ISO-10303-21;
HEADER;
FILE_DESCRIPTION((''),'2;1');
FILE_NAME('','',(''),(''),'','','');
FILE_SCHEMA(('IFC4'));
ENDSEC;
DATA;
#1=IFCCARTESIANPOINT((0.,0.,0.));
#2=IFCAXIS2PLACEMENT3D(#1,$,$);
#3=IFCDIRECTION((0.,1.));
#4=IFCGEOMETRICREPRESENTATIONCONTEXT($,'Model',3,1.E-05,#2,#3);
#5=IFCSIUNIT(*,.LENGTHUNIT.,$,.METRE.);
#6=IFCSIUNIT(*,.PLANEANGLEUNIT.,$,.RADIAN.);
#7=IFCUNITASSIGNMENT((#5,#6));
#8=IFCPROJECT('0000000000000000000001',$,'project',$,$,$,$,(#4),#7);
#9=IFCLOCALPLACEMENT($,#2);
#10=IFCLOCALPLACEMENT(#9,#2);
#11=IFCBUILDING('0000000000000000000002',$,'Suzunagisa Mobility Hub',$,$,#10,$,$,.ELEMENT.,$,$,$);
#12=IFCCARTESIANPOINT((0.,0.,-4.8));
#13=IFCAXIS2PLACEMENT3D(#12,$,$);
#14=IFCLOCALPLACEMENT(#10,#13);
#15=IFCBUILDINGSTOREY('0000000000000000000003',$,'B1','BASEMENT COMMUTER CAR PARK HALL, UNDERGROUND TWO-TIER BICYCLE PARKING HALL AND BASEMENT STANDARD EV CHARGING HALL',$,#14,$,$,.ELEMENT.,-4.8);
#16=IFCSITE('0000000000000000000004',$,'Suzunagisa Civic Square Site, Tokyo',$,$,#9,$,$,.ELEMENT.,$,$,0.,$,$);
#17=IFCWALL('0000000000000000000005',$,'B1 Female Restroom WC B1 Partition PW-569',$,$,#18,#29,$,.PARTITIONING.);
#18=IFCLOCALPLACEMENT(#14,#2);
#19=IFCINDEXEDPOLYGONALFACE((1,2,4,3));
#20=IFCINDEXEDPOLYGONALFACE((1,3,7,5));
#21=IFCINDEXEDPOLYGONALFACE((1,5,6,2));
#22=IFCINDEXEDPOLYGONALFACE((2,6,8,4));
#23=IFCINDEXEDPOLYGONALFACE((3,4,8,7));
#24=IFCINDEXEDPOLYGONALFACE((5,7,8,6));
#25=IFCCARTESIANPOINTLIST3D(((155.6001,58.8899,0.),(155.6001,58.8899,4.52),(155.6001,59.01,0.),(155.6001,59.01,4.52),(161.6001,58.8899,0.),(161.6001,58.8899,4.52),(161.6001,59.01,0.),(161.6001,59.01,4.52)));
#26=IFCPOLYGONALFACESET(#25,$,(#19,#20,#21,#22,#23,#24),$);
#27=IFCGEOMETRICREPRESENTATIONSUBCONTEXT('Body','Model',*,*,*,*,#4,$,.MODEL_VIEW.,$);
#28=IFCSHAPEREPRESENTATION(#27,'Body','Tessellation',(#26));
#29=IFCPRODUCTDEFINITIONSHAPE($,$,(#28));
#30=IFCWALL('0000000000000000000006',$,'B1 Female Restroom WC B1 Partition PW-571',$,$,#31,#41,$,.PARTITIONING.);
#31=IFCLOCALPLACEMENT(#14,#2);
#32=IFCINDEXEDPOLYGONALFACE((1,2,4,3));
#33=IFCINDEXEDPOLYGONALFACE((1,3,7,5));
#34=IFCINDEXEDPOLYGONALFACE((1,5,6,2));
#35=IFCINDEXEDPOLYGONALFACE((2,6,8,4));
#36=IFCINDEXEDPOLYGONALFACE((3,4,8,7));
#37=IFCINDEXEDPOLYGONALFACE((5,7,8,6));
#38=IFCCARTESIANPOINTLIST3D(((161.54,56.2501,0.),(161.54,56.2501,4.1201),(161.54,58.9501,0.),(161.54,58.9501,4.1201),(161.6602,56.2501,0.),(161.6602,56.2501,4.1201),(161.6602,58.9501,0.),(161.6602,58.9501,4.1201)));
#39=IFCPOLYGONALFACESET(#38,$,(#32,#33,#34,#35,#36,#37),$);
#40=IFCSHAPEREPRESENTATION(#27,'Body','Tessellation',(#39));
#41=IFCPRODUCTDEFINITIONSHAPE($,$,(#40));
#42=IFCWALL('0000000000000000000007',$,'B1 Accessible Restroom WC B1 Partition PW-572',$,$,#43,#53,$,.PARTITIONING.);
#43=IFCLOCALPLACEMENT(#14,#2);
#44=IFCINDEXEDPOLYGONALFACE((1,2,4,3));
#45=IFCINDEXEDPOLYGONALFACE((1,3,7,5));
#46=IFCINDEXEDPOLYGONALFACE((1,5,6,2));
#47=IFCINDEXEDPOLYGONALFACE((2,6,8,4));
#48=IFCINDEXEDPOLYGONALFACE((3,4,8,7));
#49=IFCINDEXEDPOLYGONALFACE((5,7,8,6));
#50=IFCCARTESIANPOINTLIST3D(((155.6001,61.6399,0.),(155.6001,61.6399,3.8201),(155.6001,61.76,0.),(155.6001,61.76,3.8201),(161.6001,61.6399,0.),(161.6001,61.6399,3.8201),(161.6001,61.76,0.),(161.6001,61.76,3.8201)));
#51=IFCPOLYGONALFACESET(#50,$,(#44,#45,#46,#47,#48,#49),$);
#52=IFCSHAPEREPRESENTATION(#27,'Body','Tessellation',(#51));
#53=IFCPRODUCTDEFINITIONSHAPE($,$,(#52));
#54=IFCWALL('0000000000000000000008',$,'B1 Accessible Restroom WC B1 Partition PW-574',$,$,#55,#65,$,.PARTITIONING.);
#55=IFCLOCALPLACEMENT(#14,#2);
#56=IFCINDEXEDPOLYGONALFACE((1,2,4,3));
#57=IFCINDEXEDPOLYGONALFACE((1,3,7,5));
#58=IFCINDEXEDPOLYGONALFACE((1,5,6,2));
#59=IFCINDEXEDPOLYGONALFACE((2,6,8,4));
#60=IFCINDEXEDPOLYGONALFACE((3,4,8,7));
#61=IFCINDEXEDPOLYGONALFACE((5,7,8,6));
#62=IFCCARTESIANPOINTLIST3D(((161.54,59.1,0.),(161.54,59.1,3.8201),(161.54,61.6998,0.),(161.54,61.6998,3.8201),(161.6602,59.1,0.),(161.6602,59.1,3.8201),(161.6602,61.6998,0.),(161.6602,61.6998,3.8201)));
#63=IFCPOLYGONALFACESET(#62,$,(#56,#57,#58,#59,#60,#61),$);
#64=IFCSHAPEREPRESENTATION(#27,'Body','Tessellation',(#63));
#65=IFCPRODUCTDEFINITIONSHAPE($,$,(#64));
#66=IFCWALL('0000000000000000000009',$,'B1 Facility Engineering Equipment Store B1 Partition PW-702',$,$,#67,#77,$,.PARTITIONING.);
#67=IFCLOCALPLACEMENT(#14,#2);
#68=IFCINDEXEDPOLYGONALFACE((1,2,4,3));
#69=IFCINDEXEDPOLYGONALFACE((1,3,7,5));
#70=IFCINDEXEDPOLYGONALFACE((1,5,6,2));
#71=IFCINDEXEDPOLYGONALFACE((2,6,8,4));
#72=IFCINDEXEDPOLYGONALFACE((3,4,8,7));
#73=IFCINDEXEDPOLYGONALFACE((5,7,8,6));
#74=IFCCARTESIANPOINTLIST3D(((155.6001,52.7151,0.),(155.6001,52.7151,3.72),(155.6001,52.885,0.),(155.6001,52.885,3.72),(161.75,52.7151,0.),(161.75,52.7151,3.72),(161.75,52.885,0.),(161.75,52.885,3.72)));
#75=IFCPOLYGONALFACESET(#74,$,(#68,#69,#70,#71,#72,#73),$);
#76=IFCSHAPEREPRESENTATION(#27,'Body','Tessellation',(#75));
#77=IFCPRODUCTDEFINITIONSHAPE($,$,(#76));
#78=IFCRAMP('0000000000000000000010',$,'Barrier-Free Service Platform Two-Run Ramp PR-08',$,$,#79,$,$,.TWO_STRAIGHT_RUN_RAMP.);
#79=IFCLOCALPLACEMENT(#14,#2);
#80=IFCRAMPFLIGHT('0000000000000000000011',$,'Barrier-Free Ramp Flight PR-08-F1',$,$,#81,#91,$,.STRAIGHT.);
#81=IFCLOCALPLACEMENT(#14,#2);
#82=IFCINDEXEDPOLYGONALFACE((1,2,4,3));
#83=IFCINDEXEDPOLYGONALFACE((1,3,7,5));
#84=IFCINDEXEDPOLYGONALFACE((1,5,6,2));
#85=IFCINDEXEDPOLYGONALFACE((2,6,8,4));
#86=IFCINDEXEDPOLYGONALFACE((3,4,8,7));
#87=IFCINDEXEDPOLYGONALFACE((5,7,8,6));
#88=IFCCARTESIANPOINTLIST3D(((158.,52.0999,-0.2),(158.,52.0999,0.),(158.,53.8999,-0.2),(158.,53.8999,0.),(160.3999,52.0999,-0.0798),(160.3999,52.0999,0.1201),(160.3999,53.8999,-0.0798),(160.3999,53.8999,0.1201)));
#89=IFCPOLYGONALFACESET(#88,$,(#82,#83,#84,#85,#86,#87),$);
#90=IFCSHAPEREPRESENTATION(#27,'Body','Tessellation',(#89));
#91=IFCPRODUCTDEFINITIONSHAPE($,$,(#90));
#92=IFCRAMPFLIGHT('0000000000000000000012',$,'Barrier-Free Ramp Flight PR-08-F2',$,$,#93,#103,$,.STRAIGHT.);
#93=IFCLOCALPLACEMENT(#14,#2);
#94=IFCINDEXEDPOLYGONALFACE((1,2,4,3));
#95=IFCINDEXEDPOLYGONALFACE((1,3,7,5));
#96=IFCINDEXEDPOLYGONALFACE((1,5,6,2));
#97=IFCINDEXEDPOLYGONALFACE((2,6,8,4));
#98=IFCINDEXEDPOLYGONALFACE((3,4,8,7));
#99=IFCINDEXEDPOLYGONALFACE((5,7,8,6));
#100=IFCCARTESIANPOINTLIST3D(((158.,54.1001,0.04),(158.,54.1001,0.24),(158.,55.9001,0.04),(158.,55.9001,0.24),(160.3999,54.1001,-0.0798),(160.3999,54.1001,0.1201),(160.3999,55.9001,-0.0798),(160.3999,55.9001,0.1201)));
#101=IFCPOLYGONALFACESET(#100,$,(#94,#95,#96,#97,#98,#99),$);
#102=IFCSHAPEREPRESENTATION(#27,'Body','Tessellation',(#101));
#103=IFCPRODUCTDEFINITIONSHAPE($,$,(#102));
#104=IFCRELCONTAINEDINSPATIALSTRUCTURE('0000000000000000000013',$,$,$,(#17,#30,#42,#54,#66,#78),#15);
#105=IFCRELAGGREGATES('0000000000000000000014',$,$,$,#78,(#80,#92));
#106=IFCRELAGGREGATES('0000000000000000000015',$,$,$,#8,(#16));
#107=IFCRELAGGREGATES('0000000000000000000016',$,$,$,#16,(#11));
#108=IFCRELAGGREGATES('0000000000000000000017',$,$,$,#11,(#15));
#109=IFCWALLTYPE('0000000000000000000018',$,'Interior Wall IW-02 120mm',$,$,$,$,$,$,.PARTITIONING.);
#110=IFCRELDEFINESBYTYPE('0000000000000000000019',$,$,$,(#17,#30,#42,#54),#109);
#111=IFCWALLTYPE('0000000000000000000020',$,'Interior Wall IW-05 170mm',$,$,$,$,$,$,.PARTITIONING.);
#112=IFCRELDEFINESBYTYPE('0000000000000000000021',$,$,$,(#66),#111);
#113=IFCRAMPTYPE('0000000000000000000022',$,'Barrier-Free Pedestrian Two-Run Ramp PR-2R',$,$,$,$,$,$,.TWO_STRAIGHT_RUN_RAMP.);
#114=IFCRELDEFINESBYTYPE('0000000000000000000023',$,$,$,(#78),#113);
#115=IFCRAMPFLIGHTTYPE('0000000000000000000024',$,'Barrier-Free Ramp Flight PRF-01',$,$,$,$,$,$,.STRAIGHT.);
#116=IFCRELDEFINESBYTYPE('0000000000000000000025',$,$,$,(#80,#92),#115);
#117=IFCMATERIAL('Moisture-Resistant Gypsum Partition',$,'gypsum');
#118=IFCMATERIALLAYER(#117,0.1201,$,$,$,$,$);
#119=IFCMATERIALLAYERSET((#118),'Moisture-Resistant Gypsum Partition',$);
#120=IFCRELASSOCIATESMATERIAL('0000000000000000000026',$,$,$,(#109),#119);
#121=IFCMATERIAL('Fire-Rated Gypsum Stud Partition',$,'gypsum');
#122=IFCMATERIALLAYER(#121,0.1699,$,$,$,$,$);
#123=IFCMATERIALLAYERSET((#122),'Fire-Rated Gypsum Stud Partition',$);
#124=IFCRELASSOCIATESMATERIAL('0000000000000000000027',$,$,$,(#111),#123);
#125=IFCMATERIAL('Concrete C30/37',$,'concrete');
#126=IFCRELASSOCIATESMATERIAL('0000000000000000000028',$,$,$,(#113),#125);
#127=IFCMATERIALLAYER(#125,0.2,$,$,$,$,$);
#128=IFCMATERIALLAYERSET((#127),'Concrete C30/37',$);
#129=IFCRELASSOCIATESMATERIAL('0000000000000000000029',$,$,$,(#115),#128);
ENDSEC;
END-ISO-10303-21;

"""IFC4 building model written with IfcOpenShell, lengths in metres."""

from ifc_helpers import new_model, si_unit, direction, frame, frame_2d, origin, place, context, subcontext, project, spatial, polyline, rectangle, outline, extrude, material, layer, layer_set, type_object, element, aggregate, save


model = new_model("IFC4")

# Units and contexts
model_context = context("Model", 3, precision=1e-05, world=origin(), true_north=direction((0.0, 1.0)))
body_context = subcontext(model_context, "Body", "Model", "MODEL_VIEW")
ifc_project = project(units=[si_unit("LENGTHUNIT", "METRE"), si_unit("PLANEANGLEUNIT", "RADIAN")], contexts=[model_context])

# Site, building, storey
site_placement = place(None, origin())
site = spatial("IfcSite", under=ifc_project, at=site_placement, Name="Suzunagisa Civic Square Site, Tokyo", CompositionType="ELEMENT", RefElevation=0.0)
building_placement = place(site_placement, origin())
building = spatial("IfcBuilding", under=site, at=building_placement, Name="Suzunagisa Mobility Hub", CompositionType="ELEMENT")
storey_placement = place(building_placement, frame((0.0, 0.0, -4.8)))
storey = spatial("IfcBuildingStorey", under=building, at=storey_placement, Name="B1", Description="BASEMENT COMMUTER CAR PARK HALL, UNDERGROUND TWO-TIER BICYCLE PARKING HALL AND BASEMENT STANDARD EV CHARGING HALL", CompositionType="ELEMENT", Elevation=-4.8)

# Shared definitions
ifc_material_1 = material(Name="Concrete C30/37", Category="concrete")

# Shared definitions
ifc_material_2 = material(Name="Moisture-Resistant Gypsum Partition", Category="gypsum")
ifc_layer_1 = layer(ifc_material_2, 0.1201)
ifc_layer_set_1 = layer_set([ifc_layer_1], Name="Moisture-Resistant Gypsum Partition")
wall_type_1 = type_object("IfcWallType", Name="Interior Wall IW-02 120mm", PredefinedType="PARTITIONING", material=ifc_layer_set_1)

# Wall
wall_1_placement = place(storey_placement, frame((155.6001, 58.95, 0.0), z_axis=(0.0, 0.0, 1.0), x_axis=(1.0, 0.0, 0.0)))
element("IfcWall", 1, at=wall_1_placement, inside=storey, type_object=wall_type_1, Name="B1 Female Restroom WC B1 Partition PW-569", PredefinedType="PARTITIONING", context=body_context, shape_type="SweptSolid", body=[
    extrude(rectangle(XDim=6.0, YDim=0.1201, at=frame_2d((3.0, 0.0))), origin(), (0.0, 0.0, 1.0), 4.52),
])

# Walls
wall_2_placement = place(storey_placement, frame((161.6001, 56.25, 0.0), z_axis=(0.0, 0.0, 1.0), x_axis=(0.0, 1.0, 0.0)))
element("IfcWall", 2, at=wall_2_placement, inside=storey, type_object=wall_type_1, Name="B1 Female Restroom WC B1 Partition PW-571", PredefinedType="PARTITIONING", context=body_context, shape_type="SweptSolid", body=[
    extrude(rectangle(XDim=2.7, YDim=0.1201, at=frame_2d((1.3501, 0.0))), origin(), (0.0, 0.0, 1.0), 4.1201),
])
wall_3_placement = place(storey_placement, frame((155.6001, 61.7, 0.0), z_axis=(0.0, 0.0, 1.0), x_axis=(1.0, 0.0, 0.0)))
element("IfcWall", 3, at=wall_3_placement, inside=storey, type_object=wall_type_1, Name="B1 Accessible Restroom WC B1 Partition PW-572", PredefinedType="PARTITIONING", context=body_context, shape_type="SweptSolid", body=[
    extrude(rectangle(XDim=6.0, YDim=0.1201, at=frame_2d((3.0, 0.0))), origin(), (0.0, 0.0, 1.0), 3.8201),
])

# Walls
wall_4_placement = place(storey_placement, frame((161.6001, 59.1001, 0.0), z_axis=(0.0, 0.0, 1.0), x_axis=(0.0, 1.0, 0.0)))
element("IfcWall", 4, at=wall_4_placement, inside=storey, type_object=wall_type_1, Name="B1 Accessible Restroom WC B1 Partition PW-574", PredefinedType="PARTITIONING", context=body_context, shape_type="SweptSolid", body=[
    extrude(rectangle(XDim=2.5999, YDim=0.1201, at=frame_2d((1.2998, 0.0))), origin(), (0.0, 0.0, 1.0), 3.8201),
])
ifc_material_3 = material(Name="Fire-Rated Gypsum Stud Partition", Category="gypsum")
ifc_layer_2 = layer(ifc_material_3, 0.1699)
ifc_layer_set_2 = layer_set([ifc_layer_2], Name="Fire-Rated Gypsum Stud Partition")
wall_type_2 = type_object("IfcWallType", Name="Interior Wall IW-05 170mm", PredefinedType="PARTITIONING", material=ifc_layer_set_2)
wall_5_placement = place(storey_placement, frame((155.6001, 52.8, 0.0), z_axis=(0.0, 0.0, 1.0), x_axis=(1.0, 0.0, 0.0)))
element("IfcWall", 5, at=wall_5_placement, inside=storey, type_object=wall_type_2, Name="B1 Facility Engineering Equipment Store B1 Partition PW-702", PredefinedType="PARTITIONING", context=body_context, shape_type="SweptSolid", body=[
    extrude(rectangle(XDim=6.1499, YDim=0.1699, at=frame_2d((3.075, 0.0))), origin(), (0.0, 0.0, 1.0), 3.72),
])

# Ramp, ramp flights
ramp_type = type_object("IfcRampType", Name="Barrier-Free Pedestrian Two-Run Ramp PR-2R", PredefinedType="TWO_STRAIGHT_RUN_RAMP", material=ifc_material_1)
ramp_placement = place(storey_placement, origin())
ramp = element("IfcRamp", 6, at=ramp_placement, inside=storey, type_object=ramp_type, Name="Barrier-Free Service Platform Two-Run Ramp PR-08", PredefinedType="TWO_STRAIGHT_RUN_RAMP")
ifc_layer_3 = layer(ifc_material_1, 0.2)
ifc_layer_set_3 = layer_set([ifc_layer_3], Name="Concrete C30/37")
ramp_flight_type = type_object("IfcRampFlightType", Name="Barrier-Free Ramp Flight PRF-01", PredefinedType="STRAIGHT", material=ifc_layer_set_3)
ramp_flight_1_placement = place(storey_placement, frame((158.0, 53.0, 0.0), z_axis=(0.0, 0.0, 1.0), x_axis=(1.0, 0.0, 0.0)))
ramp_flight_1 = element("IfcRampFlight", 7, at=ramp_flight_1_placement, type_object=ramp_flight_type, Name="Barrier-Free Ramp Flight PR-08-F1", PredefinedType="STRAIGHT", context=body_context, shape_type="SweptSolid", body=[
    extrude(outline(polyline([(0.0, 0.0), (2.3999, 0.1201), (2.3999, -0.0798), (0.0, -0.2), (0.0, 0.0)])), frame((0.0, 0.8999, 0.0), z_axis=(0.0, -1.0, 0.0), x_axis=(1.0, 0.0, 0.0)), (0.0, 0.0, 1.0), 1.8),
])
ramp_flight_2_placement = place(storey_placement, frame((160.3999, 55.0, 0.1201), z_axis=(0.0, 0.0, 1.0), x_axis=(-1.0, 0.0, 0.0)))
ramp_flight_2 = element("IfcRampFlight", 8, at=ramp_flight_2_placement, type_object=ramp_flight_type, Name="Barrier-Free Ramp Flight PR-08-F2", PredefinedType="STRAIGHT", context=body_context, shape_type="SweptSolid", body=[
    extrude(outline(polyline([(0.0, 0.0), (2.3999, 0.1199), (2.3999, -0.0801), (0.0, -0.2), (0.0, 0.0)])), frame((0.0, 0.8999, 0.0), z_axis=(0.0, -1.0, 0.0), x_axis=(1.0, 0.0, 0.0)), (0.0, 0.0, 1.0), 1.8),
])
aggregate(ramp, [ramp_flight_1, ramp_flight_2])

save(model, "model.ifc")
